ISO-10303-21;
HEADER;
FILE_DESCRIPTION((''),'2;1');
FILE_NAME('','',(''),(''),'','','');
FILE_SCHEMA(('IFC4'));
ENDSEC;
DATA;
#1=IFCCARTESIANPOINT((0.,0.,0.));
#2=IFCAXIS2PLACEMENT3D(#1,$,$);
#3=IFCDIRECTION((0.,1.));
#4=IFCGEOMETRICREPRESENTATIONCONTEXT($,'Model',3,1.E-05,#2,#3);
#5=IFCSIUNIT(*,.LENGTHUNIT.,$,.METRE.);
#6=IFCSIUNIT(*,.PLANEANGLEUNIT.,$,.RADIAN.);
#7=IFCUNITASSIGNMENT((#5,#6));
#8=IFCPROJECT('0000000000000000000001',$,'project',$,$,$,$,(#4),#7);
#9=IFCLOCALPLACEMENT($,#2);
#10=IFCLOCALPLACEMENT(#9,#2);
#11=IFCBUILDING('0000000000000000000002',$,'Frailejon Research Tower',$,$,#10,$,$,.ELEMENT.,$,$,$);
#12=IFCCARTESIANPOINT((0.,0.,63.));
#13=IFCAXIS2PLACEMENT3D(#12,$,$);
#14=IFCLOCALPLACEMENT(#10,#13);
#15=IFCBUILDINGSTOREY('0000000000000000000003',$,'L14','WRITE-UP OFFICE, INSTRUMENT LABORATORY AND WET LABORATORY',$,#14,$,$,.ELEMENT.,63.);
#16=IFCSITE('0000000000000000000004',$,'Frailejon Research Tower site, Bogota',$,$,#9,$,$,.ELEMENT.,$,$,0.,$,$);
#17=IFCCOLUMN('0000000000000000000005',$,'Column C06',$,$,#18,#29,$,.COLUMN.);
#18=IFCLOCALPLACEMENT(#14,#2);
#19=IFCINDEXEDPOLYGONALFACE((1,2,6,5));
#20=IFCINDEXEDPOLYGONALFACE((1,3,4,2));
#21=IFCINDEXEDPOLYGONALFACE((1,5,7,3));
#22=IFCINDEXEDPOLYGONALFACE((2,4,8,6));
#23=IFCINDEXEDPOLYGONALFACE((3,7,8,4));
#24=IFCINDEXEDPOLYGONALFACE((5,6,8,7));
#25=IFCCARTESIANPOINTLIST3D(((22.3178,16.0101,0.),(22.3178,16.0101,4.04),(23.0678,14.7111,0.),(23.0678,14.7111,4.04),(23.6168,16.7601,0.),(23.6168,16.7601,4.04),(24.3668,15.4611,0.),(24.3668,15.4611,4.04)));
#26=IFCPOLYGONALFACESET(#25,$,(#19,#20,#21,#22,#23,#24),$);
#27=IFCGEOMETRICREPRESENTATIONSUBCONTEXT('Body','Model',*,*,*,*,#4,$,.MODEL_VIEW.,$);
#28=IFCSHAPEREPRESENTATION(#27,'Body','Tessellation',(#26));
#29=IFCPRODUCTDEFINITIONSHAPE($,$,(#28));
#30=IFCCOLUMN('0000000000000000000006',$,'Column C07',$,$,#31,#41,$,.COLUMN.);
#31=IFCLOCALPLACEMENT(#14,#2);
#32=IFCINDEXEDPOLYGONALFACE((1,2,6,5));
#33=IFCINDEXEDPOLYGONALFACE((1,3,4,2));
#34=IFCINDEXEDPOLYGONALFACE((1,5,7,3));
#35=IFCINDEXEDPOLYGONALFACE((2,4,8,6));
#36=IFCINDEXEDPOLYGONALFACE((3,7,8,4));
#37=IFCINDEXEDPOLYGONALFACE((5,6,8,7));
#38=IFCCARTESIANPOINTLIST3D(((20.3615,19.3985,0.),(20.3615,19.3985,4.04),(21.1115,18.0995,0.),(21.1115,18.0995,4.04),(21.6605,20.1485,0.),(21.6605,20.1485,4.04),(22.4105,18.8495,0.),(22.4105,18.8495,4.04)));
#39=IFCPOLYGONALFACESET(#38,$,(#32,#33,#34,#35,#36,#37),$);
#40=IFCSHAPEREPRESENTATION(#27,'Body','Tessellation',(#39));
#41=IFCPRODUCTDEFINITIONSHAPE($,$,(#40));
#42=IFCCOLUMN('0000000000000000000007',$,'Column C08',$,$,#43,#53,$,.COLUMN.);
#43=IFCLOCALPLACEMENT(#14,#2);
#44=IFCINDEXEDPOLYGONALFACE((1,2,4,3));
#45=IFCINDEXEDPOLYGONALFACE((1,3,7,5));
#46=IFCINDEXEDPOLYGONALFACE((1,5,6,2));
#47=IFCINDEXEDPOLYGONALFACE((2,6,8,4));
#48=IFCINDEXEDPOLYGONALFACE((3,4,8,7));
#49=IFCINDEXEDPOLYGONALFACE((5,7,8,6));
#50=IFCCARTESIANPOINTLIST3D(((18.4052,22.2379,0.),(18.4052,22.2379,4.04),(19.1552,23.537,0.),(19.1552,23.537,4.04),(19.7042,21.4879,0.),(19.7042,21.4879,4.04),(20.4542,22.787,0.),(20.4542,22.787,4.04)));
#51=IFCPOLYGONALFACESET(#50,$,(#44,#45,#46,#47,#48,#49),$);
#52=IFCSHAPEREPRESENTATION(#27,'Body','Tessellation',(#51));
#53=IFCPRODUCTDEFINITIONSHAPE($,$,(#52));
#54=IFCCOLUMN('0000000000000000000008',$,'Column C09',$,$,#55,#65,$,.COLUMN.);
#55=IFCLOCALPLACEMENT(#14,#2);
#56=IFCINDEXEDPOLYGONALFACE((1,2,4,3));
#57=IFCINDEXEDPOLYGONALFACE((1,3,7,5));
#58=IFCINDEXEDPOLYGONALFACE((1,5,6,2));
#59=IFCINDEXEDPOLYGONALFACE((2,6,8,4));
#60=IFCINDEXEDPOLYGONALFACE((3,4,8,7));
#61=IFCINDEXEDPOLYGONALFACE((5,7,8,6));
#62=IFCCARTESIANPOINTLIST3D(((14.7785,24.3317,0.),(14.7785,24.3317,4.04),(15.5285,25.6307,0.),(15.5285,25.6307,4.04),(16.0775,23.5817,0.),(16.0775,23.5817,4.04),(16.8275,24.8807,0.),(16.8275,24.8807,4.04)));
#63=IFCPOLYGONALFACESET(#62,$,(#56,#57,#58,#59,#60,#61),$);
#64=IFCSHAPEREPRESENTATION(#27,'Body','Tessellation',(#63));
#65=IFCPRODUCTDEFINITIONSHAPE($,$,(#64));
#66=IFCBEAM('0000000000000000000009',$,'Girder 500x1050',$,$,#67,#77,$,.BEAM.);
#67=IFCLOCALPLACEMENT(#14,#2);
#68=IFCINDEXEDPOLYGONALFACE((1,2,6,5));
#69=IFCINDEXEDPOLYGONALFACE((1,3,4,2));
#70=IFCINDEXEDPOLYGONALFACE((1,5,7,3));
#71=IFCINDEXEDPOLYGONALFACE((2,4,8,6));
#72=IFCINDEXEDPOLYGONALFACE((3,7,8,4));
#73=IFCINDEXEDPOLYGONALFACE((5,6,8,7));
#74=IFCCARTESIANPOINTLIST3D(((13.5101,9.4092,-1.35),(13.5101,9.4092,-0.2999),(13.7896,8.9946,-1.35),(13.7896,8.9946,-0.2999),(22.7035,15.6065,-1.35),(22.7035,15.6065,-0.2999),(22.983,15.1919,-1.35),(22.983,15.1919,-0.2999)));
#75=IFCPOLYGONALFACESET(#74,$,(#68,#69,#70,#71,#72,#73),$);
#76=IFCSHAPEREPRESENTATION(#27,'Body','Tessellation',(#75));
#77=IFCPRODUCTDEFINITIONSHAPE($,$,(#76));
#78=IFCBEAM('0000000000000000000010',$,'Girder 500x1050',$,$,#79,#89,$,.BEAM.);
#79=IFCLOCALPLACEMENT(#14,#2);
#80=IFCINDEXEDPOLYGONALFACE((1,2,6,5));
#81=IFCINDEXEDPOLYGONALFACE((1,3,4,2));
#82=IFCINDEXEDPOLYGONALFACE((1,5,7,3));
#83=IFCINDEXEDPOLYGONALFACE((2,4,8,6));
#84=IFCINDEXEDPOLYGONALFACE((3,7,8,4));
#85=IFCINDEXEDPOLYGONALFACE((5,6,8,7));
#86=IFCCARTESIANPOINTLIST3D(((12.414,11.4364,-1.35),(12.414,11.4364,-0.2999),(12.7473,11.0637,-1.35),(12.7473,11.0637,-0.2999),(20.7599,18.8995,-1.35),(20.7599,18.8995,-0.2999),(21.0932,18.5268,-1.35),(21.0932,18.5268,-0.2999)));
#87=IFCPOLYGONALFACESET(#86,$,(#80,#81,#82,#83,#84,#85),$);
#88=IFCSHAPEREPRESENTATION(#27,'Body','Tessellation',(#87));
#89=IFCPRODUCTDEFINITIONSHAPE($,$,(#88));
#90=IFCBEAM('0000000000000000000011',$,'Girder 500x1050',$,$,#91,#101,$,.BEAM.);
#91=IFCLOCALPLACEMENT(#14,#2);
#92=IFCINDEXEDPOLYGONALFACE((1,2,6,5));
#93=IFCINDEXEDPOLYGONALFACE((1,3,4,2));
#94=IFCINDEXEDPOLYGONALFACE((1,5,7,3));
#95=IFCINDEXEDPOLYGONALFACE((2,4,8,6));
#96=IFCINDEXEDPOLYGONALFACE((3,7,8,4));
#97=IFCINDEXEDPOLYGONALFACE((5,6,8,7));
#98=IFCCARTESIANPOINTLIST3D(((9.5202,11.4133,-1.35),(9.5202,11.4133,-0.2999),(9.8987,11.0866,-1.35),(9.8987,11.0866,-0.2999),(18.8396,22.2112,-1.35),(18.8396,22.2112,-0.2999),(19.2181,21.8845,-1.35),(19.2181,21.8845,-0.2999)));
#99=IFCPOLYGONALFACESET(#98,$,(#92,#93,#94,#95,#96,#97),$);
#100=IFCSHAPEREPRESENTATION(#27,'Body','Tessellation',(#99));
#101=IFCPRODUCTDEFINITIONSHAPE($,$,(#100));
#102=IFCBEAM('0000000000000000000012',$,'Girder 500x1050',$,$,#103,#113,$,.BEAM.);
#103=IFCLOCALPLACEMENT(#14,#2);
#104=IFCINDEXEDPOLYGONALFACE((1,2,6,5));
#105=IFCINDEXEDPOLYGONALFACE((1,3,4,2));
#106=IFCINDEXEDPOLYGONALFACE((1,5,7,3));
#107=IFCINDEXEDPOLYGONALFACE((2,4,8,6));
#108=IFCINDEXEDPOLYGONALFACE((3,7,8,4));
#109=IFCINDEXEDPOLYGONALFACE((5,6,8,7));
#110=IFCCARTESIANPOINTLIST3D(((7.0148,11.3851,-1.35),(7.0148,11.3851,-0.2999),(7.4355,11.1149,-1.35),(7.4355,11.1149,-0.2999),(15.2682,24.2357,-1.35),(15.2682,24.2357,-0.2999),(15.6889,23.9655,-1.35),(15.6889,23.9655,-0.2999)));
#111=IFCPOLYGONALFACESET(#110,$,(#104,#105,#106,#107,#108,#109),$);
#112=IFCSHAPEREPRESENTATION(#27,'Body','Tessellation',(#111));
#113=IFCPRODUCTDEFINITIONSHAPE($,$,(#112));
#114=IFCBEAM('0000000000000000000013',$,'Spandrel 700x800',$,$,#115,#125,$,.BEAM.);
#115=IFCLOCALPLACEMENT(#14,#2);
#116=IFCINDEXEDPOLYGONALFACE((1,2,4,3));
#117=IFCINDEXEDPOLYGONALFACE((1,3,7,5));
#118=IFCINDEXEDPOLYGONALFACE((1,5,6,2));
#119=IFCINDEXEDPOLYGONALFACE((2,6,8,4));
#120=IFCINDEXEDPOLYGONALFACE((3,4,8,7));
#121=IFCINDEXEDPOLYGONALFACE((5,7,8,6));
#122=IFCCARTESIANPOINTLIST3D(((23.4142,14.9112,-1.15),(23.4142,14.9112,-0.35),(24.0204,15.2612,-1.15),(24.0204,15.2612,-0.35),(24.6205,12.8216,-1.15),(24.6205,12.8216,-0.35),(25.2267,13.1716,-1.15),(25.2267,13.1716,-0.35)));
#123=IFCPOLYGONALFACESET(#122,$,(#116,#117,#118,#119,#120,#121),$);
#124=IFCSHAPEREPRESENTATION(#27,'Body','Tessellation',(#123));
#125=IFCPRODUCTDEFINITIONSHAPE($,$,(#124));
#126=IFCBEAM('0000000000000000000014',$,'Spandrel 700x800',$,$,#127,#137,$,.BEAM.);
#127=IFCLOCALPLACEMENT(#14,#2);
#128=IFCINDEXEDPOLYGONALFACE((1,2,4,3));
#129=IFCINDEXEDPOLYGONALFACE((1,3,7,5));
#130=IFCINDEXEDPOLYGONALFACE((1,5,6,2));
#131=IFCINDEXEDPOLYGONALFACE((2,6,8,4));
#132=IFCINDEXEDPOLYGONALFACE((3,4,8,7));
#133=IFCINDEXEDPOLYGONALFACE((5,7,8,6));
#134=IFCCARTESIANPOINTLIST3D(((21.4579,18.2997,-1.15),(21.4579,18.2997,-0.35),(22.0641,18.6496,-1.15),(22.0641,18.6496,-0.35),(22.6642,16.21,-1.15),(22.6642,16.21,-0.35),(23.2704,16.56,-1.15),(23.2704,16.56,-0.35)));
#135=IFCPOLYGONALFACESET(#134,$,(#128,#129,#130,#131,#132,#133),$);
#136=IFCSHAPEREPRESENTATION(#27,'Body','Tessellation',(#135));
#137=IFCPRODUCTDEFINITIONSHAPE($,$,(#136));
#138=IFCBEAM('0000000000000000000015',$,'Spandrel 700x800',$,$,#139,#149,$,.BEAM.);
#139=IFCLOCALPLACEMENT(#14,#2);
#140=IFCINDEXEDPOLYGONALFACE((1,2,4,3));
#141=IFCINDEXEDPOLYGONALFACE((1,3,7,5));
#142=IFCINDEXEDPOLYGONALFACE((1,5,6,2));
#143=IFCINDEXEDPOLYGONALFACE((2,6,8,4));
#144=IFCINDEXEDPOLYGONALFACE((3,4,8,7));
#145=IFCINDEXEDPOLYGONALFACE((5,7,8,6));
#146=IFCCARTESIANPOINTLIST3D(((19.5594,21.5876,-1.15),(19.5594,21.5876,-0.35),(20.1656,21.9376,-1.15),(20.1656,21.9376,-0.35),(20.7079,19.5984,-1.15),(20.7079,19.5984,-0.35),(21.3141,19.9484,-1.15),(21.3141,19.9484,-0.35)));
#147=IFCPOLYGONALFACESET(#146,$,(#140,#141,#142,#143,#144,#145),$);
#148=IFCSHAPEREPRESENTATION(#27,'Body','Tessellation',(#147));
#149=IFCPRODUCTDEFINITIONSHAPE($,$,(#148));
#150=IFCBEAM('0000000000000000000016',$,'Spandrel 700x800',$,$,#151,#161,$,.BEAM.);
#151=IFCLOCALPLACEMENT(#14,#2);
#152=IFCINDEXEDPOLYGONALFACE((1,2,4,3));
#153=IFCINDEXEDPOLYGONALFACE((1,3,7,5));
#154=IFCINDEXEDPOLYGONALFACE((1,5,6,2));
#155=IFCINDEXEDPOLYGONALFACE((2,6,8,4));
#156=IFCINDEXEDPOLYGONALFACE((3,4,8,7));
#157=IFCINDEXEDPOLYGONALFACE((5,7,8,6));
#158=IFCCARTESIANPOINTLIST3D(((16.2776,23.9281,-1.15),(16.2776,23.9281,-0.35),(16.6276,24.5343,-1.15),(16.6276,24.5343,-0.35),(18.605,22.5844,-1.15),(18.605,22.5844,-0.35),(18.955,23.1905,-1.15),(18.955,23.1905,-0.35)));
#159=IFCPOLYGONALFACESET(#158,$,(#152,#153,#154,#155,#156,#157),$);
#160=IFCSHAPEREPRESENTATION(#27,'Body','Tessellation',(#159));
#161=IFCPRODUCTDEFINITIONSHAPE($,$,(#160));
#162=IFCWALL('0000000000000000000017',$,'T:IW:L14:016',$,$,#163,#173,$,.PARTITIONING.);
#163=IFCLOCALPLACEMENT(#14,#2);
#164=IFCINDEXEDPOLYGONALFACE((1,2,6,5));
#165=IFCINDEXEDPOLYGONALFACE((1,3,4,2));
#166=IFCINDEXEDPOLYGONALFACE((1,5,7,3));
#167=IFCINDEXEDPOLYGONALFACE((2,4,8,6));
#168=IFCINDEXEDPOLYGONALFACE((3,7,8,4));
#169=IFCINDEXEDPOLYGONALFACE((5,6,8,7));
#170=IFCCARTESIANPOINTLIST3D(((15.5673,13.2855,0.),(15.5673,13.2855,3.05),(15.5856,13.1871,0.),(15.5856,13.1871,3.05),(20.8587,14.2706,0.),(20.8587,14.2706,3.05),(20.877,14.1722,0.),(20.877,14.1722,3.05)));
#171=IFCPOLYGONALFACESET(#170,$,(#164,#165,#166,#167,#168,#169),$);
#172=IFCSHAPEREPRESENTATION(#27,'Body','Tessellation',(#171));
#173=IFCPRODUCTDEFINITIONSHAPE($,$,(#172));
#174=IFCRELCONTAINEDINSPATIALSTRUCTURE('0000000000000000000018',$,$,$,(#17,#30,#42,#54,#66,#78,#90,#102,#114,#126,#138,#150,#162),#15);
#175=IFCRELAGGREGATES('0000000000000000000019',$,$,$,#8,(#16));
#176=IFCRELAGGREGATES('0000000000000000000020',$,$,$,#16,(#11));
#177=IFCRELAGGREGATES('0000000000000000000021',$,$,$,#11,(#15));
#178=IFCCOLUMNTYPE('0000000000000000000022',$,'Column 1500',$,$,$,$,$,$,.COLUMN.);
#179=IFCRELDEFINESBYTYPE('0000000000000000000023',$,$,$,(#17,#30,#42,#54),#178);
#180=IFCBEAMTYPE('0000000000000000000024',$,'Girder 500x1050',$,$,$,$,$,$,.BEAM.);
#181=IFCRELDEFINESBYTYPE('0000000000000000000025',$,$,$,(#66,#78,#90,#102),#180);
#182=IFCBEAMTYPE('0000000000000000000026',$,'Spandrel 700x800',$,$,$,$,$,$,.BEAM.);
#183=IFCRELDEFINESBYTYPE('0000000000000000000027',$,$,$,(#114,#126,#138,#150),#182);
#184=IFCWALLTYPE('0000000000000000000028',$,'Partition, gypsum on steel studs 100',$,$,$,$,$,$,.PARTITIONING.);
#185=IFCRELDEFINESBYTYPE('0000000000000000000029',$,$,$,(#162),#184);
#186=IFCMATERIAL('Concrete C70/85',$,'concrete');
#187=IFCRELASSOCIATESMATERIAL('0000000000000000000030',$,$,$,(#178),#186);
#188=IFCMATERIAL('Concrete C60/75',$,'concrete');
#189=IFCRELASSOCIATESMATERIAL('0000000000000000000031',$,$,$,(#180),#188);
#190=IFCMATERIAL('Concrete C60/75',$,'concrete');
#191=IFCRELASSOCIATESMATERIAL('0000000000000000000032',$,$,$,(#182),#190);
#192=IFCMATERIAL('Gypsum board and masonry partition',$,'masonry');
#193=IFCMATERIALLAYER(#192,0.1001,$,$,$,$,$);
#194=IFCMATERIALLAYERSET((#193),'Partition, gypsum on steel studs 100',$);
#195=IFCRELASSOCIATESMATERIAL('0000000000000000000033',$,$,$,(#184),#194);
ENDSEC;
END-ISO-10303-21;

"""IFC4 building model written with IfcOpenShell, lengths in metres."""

from ifc_helpers import new_model, si_unit, direction, frame, frame_2d, origin, origin_2d, place, context, subcontext, project, spatial, rectangle, extrude, material, layer, layer_set, material_profile, profile_set, type_object, element, save


model = new_model("IFC4")

# Units and contexts
model_context = context("Model", 3, precision=1e-05, world=origin(), true_north=direction((0.0, 1.0)))
body_context = subcontext(model_context, "Body", "Model", "MODEL_VIEW")
ifc_project = project(units=[si_unit("LENGTHUNIT", "METRE"), si_unit("PLANEANGLEUNIT", "RADIAN")], contexts=[model_context])

# Site, building, storey
site_placement = place(None, origin())
site = spatial("IfcSite", under=ifc_project, at=site_placement, Name="Frailejon Research Tower site, Bogota", CompositionType="ELEMENT", RefElevation=0.0)
building_placement = place(site_placement, origin())
building = spatial("IfcBuilding", under=site, at=building_placement, Name="Frailejon Research Tower", CompositionType="ELEMENT")
storey_placement = place(building_placement, frame((0.0, 0.0, 63.0)))
storey = spatial("IfcBuildingStorey", under=building, at=storey_placement, Name="L14", Description="WRITE-UP OFFICE, INSTRUMENT LABORATORY AND WET LABORATORY", CompositionType="ELEMENT", Elevation=63.0)

# Columns
ifc_material_1 = material(Name="Concrete C70/85", Category="concrete")
ifc_material_profile_1 = material_profile(ifc_material_1, rectangle(XDim=1.5, YDim=1.5, at=origin_2d()), Name="Column 1500")
ifc_profile_set_1 = profile_set([ifc_material_profile_1], Name="Concrete C70/85")
column_type = type_object("IfcColumnType", Name="Column 1500", PredefinedType="COLUMN", material=ifc_profile_set_1)
for number, where, z_axis, x_axis, name in (
    (1, (23.3423, 15.7356, 0.0), (0.0, 0.0, 1.0), (-0.5, 0.866025, 0.0), "Column C06"),
    (2, (21.386, 19.124, 0.0), (0.0, 0.0, 1.0), (-0.5, 0.866025, 0.0), "Column C07"),
    (3, (19.4297, 22.5125, 0.0), (0.0, 0.0, 1.0), (-0.866025, 0.5, 0.0), "Column C08"),
    (4, (15.803, 24.6062, 0.0), (0.0, 0.0, 1.0), (-0.866025, 0.5, 0.0), "Column C09"),
):
    element("IfcColumn", number, at=place(storey_placement, frame(where, z_axis=z_axis, x_axis=x_axis)), inside=storey, type_object=column_type, Name=name, PredefinedType="COLUMN", context=body_context, shape_type="SweptSolid", body=[
        extrude(rectangle(XDim=1.5, YDim=1.5, at=origin_2d()), origin(), (0.0, 0.0, 1.0), 4.04),
    ])

# Beams
ifc_material_2 = material(Name="Concrete C60/75", Category="concrete")
ifc_material_profile_2 = material_profile(ifc_material_2, rectangle(XDim=0.5, YDim=1.05, at=origin_2d()), Name="Girder 500x1050")
ifc_profile_set_2 = profile_set([ifc_material_profile_2], Name="Concrete C60/75")
beam_type_1 = type_object("IfcBeamType", Name="Girder 500x1050", PredefinedType="BEAM", material=ifc_profile_set_2)
beam_1_placement = place(storey_placement, frame((22.8433, 15.3992, -0.825), z_axis=(-0.829194, -0.558961, 0.0), x_axis=(0.558961, -0.829194, 0.0)))
element("IfcBeam", 5, at=beam_1_placement, inside=storey, type_object=beam_type_1, Name="Girder 500x1050", PredefinedType="BEAM", context=body_context, shape_type="SweptSolid", body=[
    extrude(rectangle(XDim=0.5, YDim=1.05, at=origin_2d()), origin(), (0.0, 0.0, 1.0), 11.0872),
])
beam_2_placement = place(storey_placement, frame((20.9265, 18.7131, -0.825), z_axis=(-0.745432, -0.666582, 0.0), x_axis=(0.666582, -0.745432, 0.0)))
element("IfcBeam", 6, at=beam_2_placement, inside=storey, type_object=beam_type_1, Name="Girder 500x1050", PredefinedType="BEAM", context=body_context, shape_type="SweptSolid", body=[
    extrude(rectangle(XDim=0.5, YDim=1.05, at=origin_2d()), origin(), (0.0, 0.0, 1.0), 11.196),
])
beam_3_placement = place(storey_placement, frame((19.0288, 22.0479, -0.825), z_axis=(-0.653376, -0.757034, 0.0), x_axis=(0.757034, -0.653376, 0.0)))
element("IfcBeam", 7, at=beam_3_placement, inside=storey, type_object=beam_type_1, Name="Girder 500x1050", PredefinedType="BEAM", context=body_context, shape_type="SweptSolid", body=[
    extrude(rectangle(XDim=0.5, YDim=1.05, at=origin_2d()), origin(), (0.0, 0.0, 1.0), 14.2634),
])
beam_4_placement = place(storey_placement, frame((15.4785, 24.1006, -0.825), z_axis=(-0.540402, -0.841407, 0.0), x_axis=(0.841407, -0.540402, 0.0)))
element("IfcBeam", 8, at=beam_4_placement, inside=storey, type_object=beam_type_1, Name="Girder 500x1050", PredefinedType="BEAM", context=body_context, shape_type="SweptSolid", body=[
    extrude(rectangle(XDim=0.5, YDim=1.05, at=origin_2d()), origin(), (0.0, 0.0, 1.0), 15.2727),
])
ifc_material_3 = material(Name="Concrete C60/75", Category="concrete")
ifc_material_profile_3 = material_profile(ifc_material_3, rectangle(XDim=0.7, YDim=0.8, at=origin_2d()), Name="Spandrel 700x800")
ifc_profile_set_3 = profile_set([ifc_material_profile_3], Name="Concrete C60/75")
beam_type_2 = type_object("IfcBeamType", Name="Spandrel 700x800", PredefinedType="BEAM", material=ifc_profile_set_3)
for number, where, z_axis, x_axis, name in (
    (9, (24.9236, 12.9966, -0.75), (-0.499959, 0.866049, 0.0), (-0.866049, -0.499959, 0.0), "Spandrel 700x800"),
    (10, (22.9673, 16.385, -0.75), (-0.499959, 0.866049, 0.0), (-0.866049, -0.499959, 0.0), "Spandrel 700x800"),
):
    element("IfcBeam", number, at=place(storey_placement, frame(where, z_axis=z_axis, x_axis=x_axis)), inside=storey, type_object=beam_type_2, Name=name, PredefinedType="BEAM", context=body_context, shape_type="SweptSolid", body=[
        extrude(rectangle(XDim=0.7, YDim=0.8, at=origin_2d()), origin(), (0.0, 0.0, 1.0), 2.4128),
    ])
beam_5_placement = place(storey_placement, frame((21.011, 19.7734, -0.75), z_axis=(-0.500026, 0.86601, 0.0), x_axis=(-0.86601, -0.500026, 0.0)))
element("IfcBeam", 11, at=beam_5_placement, inside=storey, type_object=beam_type_2, Name="Spandrel 700x800", PredefinedType="BEAM", context=body_context, shape_type="SweptSolid", body=[
    extrude(rectangle(XDim=0.7, YDim=0.8, at=origin_2d()), origin(), (0.0, 0.0, 1.0), 2.2969),
])
beam_6_placement = place(storey_placement, frame((18.78, 22.8875, -0.75), z_axis=(-0.866021, 0.500008, 0.0), x_axis=(-0.500008, -0.866021, 0.0)))
element("IfcBeam", 12, at=beam_6_placement, inside=storey, type_object=beam_type_2, Name="Spandrel 700x800", PredefinedType="BEAM", context=body_context, shape_type="SweptSolid", body=[
    extrude(rectangle(XDim=0.7, YDim=0.8, at=origin_2d()), origin(), (0.0, 0.0, 1.0), 2.6875),
])

# Wall
ifc_material_4 = material(Name="Gypsum board and masonry partition", Category="masonry")
ifc_layer_1 = layer(ifc_material_4, 0.1001)
ifc_layer_set_1 = layer_set([ifc_layer_1], Name="Partition, gypsum on steel studs 100")
wall_type_1 = type_object("IfcWallType", Name="Partition, gypsum on steel studs 100", PredefinedType="PARTITIONING", material=ifc_layer_set_1)
wall_1_placement = place(storey_placement, frame((15.5764, 13.2363, 0.0), z_axis=(0.0, 0.0, 1.0), x_axis=(0.983109, 0.183023, 0.0)))
element("IfcWall", 13, at=wall_1_placement, inside=storey, type_object=wall_type_1, Name="T:IW:L14:016", PredefinedType="PARTITIONING", context=body_context, shape_type="SweptSolid", body=[
    extrude(rectangle(XDim=5.3823, YDim=0.1001, at=frame_2d((2.6912, 0.0))), origin(), (0.0, 0.0, 1.0), 3.05),
])

save(model, "model.ifc")
